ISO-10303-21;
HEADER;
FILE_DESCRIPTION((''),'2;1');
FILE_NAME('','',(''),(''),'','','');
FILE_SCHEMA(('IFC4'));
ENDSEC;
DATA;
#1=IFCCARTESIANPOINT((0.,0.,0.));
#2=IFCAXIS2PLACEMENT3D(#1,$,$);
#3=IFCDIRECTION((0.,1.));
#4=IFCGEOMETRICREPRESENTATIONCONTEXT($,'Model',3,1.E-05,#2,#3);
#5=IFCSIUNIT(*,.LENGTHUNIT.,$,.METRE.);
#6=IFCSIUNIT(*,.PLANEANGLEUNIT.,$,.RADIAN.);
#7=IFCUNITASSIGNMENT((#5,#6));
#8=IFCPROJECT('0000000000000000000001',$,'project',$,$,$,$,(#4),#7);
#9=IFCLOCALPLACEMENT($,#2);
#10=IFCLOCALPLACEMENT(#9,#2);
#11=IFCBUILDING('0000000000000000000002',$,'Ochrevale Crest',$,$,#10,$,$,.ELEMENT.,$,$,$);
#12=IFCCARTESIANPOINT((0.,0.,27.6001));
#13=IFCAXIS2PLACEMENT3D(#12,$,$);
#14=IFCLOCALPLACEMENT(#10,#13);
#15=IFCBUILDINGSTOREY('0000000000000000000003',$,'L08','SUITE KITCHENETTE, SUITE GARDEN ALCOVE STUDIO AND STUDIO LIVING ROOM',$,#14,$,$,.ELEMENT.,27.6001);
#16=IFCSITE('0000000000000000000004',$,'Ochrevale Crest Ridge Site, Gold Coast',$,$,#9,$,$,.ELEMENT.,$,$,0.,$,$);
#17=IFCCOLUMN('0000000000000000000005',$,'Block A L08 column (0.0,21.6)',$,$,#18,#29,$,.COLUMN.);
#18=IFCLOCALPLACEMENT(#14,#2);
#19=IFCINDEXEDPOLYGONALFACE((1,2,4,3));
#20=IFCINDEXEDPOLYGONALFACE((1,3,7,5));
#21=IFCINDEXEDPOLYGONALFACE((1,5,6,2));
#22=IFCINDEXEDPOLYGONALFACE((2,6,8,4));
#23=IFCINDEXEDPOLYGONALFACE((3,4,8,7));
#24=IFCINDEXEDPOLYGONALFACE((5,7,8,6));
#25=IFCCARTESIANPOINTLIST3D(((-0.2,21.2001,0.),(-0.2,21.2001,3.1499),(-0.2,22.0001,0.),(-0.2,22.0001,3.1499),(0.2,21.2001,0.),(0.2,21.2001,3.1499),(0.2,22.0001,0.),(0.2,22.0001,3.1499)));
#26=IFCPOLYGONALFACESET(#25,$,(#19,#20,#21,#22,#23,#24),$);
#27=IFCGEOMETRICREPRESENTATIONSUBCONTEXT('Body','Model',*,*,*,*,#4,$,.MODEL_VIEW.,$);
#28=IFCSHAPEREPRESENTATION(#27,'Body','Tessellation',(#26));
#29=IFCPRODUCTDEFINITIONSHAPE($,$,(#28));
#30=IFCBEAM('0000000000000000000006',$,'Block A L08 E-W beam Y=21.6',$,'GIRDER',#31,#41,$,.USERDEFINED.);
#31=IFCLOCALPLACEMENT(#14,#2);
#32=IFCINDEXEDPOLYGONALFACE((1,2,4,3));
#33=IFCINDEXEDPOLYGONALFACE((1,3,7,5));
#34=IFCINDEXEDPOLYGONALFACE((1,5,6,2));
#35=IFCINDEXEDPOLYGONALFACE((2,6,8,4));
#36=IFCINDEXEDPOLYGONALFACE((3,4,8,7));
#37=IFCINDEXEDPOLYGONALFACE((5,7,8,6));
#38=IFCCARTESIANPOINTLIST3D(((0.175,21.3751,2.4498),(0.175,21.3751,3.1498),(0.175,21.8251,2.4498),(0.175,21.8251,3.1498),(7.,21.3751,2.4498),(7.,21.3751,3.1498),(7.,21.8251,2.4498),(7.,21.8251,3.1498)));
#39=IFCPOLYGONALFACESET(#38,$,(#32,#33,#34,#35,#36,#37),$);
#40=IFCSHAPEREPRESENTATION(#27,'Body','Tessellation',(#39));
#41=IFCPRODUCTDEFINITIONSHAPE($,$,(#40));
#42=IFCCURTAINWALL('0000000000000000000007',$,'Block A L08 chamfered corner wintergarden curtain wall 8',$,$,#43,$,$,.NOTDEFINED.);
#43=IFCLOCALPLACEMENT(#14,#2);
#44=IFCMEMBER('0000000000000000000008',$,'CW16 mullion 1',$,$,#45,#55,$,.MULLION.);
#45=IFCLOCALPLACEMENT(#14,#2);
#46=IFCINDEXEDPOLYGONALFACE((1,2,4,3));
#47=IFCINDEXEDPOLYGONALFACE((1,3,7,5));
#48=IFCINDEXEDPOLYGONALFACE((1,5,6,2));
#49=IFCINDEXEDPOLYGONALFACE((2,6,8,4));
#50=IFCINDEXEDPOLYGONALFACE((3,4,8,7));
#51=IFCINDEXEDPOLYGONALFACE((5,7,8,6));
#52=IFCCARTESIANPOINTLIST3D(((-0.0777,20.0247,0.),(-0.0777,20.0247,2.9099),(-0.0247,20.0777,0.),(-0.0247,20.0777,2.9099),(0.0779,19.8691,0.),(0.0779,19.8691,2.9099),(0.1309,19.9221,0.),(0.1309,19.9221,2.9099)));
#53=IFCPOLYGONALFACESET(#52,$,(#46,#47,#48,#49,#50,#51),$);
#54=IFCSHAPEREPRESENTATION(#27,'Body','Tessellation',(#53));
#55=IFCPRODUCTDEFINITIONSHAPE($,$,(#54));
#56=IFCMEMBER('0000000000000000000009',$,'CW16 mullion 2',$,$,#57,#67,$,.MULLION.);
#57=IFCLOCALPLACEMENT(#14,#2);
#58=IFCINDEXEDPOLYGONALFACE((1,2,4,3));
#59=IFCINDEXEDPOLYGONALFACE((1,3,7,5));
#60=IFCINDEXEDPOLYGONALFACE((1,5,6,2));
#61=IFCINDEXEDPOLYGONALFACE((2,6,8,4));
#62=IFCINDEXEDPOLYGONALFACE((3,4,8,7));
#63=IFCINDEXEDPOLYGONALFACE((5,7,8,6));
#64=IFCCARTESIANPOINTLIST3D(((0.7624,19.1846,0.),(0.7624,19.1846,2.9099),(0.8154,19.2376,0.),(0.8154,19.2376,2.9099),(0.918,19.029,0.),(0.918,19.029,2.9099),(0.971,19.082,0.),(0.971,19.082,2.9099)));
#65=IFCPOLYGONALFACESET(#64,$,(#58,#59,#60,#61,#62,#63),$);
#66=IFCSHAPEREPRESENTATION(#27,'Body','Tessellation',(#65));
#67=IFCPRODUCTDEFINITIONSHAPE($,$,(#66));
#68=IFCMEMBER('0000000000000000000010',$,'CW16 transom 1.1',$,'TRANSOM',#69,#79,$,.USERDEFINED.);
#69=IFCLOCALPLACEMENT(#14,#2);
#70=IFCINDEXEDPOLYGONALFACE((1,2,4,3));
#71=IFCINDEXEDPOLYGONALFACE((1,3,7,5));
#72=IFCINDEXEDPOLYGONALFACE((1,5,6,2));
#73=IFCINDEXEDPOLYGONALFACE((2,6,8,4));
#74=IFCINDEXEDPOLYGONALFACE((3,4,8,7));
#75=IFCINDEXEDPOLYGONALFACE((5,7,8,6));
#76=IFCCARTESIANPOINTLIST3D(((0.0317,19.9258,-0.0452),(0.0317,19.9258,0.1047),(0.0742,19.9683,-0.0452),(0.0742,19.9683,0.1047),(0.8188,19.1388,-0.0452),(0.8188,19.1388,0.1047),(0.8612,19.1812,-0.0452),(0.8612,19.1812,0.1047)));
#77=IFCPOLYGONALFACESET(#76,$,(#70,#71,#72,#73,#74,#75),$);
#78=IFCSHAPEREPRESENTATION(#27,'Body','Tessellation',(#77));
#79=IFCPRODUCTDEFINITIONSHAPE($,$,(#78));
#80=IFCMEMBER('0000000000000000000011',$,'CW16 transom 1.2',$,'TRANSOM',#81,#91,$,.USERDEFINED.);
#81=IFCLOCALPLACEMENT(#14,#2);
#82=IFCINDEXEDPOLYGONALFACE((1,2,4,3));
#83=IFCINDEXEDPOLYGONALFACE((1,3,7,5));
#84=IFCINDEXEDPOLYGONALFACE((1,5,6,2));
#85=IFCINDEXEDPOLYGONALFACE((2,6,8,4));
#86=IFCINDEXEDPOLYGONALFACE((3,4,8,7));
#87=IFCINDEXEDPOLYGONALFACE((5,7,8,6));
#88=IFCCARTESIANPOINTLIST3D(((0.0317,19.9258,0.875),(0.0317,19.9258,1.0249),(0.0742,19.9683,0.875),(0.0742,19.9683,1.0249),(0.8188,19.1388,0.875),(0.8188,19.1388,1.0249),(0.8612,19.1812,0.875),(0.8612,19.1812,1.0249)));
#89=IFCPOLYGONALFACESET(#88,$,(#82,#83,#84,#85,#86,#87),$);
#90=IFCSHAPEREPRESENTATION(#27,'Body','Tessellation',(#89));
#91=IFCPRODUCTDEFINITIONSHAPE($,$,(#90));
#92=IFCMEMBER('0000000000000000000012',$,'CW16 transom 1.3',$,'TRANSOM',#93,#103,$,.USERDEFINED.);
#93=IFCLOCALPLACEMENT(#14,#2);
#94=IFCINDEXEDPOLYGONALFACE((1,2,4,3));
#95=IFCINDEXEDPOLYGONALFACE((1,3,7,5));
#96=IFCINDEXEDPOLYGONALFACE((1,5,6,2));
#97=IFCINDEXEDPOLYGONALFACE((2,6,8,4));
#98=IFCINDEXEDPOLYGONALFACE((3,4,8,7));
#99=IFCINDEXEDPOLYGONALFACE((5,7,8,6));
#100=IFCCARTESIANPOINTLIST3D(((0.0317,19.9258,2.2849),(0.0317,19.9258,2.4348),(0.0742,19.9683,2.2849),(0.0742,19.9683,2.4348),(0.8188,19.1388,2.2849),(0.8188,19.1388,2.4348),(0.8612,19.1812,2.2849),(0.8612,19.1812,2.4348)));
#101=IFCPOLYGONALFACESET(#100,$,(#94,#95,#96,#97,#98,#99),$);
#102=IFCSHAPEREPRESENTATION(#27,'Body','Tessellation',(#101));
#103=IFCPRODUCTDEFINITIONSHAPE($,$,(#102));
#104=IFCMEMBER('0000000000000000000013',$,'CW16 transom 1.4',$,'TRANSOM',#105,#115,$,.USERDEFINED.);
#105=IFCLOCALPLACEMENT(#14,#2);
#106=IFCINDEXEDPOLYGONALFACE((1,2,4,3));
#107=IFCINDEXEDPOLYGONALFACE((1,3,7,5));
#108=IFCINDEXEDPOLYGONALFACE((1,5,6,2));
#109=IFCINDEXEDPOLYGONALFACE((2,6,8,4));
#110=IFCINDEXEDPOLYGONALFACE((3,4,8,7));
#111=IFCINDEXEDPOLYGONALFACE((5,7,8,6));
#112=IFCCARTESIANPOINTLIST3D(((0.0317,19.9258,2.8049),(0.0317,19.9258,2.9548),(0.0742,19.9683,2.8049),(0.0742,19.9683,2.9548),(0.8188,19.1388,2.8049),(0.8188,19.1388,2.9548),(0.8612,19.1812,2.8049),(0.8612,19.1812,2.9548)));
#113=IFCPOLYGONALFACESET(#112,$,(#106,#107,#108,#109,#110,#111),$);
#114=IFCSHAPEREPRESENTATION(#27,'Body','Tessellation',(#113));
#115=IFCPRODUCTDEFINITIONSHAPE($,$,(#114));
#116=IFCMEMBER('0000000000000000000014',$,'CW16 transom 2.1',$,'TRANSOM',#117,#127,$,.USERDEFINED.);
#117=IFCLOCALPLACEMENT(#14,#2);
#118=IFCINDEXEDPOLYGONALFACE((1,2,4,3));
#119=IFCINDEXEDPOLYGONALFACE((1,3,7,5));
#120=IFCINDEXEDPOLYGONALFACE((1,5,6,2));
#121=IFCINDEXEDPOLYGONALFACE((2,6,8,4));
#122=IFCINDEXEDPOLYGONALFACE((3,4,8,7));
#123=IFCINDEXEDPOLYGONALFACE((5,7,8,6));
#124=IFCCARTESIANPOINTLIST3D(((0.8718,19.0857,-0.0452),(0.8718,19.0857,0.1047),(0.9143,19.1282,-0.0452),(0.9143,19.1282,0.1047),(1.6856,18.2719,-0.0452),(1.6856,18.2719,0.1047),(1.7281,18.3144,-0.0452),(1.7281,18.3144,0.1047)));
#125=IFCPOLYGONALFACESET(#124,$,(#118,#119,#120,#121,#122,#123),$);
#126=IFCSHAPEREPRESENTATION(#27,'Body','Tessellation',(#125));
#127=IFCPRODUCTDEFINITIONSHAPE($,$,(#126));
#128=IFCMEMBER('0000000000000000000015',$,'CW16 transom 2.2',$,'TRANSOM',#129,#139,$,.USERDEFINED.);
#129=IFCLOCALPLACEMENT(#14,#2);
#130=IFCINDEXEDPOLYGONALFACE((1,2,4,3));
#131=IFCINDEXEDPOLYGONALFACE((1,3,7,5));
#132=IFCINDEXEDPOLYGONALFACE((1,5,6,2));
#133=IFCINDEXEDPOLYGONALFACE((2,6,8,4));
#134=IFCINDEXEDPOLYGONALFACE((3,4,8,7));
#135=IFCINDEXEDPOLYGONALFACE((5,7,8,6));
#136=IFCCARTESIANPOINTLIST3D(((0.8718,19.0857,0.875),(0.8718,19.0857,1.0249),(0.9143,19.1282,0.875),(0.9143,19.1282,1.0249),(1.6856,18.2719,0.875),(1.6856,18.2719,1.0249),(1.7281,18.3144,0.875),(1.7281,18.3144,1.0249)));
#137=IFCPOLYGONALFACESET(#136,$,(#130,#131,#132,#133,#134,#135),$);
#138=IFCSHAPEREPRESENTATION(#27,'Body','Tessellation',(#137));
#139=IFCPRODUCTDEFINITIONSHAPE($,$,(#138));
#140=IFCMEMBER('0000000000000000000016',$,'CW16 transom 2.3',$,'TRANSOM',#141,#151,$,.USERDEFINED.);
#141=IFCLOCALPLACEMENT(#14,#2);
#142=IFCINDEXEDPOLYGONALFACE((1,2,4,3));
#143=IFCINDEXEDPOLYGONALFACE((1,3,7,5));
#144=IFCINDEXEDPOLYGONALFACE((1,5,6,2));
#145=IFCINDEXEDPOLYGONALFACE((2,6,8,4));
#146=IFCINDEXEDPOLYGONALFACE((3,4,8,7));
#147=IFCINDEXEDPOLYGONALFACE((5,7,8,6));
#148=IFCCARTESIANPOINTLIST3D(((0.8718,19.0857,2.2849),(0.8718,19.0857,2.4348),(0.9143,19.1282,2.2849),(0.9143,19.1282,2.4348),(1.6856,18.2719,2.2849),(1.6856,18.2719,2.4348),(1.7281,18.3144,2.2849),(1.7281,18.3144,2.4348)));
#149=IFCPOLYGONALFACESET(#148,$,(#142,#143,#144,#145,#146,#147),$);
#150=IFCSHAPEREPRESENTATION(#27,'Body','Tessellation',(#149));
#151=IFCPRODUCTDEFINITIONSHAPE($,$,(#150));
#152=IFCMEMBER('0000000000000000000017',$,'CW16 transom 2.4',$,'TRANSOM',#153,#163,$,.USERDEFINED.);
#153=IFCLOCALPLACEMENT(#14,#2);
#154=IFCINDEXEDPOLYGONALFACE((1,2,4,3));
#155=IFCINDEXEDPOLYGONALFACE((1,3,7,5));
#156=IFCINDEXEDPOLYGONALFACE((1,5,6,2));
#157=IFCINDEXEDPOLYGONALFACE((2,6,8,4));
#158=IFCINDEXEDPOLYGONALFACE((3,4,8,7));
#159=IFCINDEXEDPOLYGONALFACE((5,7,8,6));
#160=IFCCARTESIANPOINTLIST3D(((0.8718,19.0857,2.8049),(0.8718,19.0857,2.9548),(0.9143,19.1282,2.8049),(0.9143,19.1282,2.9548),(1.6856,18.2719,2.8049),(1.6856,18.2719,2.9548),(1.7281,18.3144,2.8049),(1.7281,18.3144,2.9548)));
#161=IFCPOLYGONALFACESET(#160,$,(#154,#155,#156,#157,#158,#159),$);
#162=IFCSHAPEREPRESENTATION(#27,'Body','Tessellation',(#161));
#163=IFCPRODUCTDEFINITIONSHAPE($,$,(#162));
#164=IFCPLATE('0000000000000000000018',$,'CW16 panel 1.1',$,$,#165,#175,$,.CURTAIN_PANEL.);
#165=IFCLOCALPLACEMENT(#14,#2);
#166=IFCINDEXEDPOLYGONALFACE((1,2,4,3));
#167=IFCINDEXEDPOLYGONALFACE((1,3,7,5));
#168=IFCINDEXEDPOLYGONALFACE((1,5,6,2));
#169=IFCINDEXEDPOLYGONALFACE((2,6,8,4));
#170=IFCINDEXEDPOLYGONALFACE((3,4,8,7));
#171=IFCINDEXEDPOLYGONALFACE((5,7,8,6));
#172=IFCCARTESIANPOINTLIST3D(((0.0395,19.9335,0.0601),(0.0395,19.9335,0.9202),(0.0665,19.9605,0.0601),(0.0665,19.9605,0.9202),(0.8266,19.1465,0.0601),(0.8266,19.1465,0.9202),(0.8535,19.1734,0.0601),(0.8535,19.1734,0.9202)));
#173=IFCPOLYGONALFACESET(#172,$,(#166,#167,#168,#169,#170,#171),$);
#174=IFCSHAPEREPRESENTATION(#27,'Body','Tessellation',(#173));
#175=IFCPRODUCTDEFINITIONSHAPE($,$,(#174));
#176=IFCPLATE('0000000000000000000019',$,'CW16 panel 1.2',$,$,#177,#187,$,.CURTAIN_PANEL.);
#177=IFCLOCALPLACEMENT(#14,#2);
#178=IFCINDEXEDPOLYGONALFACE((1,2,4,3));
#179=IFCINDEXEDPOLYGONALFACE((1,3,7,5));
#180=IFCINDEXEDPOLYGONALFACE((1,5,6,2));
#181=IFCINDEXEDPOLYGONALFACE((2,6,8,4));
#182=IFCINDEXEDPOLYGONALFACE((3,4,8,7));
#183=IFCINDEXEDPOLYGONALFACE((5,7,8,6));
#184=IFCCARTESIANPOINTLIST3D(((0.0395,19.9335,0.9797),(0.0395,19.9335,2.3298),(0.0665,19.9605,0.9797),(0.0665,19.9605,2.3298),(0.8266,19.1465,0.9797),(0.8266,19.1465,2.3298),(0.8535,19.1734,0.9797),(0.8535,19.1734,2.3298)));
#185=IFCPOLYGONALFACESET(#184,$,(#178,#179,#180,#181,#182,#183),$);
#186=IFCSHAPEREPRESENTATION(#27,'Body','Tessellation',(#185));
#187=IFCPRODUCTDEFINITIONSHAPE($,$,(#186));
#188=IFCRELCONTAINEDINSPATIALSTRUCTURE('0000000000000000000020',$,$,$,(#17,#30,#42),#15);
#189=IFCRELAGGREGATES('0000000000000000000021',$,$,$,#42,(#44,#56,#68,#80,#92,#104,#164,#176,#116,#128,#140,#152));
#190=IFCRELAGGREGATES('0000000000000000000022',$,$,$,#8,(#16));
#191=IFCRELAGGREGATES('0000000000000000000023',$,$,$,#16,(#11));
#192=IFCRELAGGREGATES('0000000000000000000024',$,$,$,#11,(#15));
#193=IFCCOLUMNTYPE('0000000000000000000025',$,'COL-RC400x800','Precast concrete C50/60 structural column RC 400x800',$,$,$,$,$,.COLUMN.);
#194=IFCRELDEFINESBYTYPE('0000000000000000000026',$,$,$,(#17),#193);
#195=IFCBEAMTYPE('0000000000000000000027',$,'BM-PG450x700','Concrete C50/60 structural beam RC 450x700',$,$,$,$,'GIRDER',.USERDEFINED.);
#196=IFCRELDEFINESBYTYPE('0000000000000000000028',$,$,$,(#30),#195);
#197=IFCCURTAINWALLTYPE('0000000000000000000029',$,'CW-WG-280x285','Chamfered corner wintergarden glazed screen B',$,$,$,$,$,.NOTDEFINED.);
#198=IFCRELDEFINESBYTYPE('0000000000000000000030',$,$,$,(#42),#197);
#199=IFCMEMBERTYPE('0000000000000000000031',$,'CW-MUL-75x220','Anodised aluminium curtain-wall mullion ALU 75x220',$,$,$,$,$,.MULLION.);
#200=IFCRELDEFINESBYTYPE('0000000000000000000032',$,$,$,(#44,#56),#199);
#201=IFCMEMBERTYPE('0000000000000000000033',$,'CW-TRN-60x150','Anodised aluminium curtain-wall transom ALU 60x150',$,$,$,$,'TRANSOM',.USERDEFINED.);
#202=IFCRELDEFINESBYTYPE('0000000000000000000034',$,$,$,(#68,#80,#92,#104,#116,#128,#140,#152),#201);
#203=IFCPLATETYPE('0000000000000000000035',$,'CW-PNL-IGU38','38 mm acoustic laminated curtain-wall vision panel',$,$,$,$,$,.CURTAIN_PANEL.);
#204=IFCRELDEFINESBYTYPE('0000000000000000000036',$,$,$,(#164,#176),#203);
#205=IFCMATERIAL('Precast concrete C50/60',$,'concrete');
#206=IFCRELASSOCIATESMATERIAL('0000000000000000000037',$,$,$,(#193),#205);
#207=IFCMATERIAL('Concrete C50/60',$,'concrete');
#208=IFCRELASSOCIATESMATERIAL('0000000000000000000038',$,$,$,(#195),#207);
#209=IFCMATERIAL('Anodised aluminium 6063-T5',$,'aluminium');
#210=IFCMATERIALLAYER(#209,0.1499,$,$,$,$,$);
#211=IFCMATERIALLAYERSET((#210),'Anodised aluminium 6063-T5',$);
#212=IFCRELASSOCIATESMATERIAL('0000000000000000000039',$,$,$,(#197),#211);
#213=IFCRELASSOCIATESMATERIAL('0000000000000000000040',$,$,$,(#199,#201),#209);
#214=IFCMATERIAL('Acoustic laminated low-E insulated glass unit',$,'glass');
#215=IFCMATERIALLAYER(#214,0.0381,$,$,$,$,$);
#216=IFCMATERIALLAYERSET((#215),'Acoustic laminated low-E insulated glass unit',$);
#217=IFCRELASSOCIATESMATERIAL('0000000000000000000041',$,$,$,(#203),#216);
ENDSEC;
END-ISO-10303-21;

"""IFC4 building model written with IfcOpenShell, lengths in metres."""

from ifc_helpers import new_model, si_unit, direction, frame, origin, origin_2d, place, context, subcontext, project, spatial, rectangle, extrude, material, layer, layer_set, material_profile, profile_set, type_object, element, aggregate, save


model = new_model("IFC4")

# Units and contexts
model_context = context("Model", 3, precision=1e-05, world=origin(), true_north=direction((0.0, 1.0)))
body_context = subcontext(model_context, "Body", "Model", "MODEL_VIEW")
ifc_project = project(units=[si_unit("LENGTHUNIT", "METRE"), si_unit("PLANEANGLEUNIT", "RADIAN")], contexts=[model_context])

# Site, building, storey
site_placement = place(None, origin())
site = spatial("IfcSite", under=ifc_project, at=site_placement, Name="Ochrevale Crest Ridge Site, Gold Coast", CompositionType="ELEMENT", RefElevation=0.0)
building_placement = place(site_placement, origin())
building = spatial("IfcBuilding", under=site, at=building_placement, Name="Ochrevale Crest", CompositionType="ELEMENT")
storey_placement = place(building_placement, frame((0.0, 0.0, 27.6001)))
storey = spatial("IfcBuildingStorey", under=building, at=storey_placement, Name="L08", Description="SUITE KITCHENETTE, SUITE GARDEN ALCOVE STUDIO AND STUDIO LIVING ROOM", CompositionType="ELEMENT", Elevation=27.6001)

# Column
ifc_material_1 = material(Name="Precast concrete C50/60", Category="concrete")
ifc_material_profile_1 = material_profile(ifc_material_1, rectangle(XDim=0.3999, YDim=0.8, at=origin_2d()), Name="RC 400x800")
ifc_profile_set_1 = profile_set([ifc_material_profile_1], Name="Precast concrete C50/60")
column_type = type_object("IfcColumnType", Name="COL-RC400x800", Description="Precast concrete C50/60 structural column RC 400x800", PredefinedType="COLUMN", material=ifc_profile_set_1)
column_placement = place(storey_placement, frame((0.0, 21.6001, 0.0), z_axis=(0.0, 0.0, 1.0), x_axis=(1.0, 0.0, 0.0)))
element("IfcColumn", 1, at=column_placement, inside=storey, type_object=column_type, Name="Block A L08 column (0.0,21.6)", PredefinedType="COLUMN", context=body_context, shape_type="SweptSolid", body=[
    extrude(rectangle(XDim=0.3999, YDim=0.8, at=origin_2d()), origin(), (0.0, 0.0, 1.0), 3.1499),
])

# Beam
ifc_material_2 = material(Name="Concrete C50/60", Category="concrete")
ifc_material_profile_2 = material_profile(ifc_material_2, rectangle(XDim=0.45, YDim=0.7, at=origin_2d()), Name="RC 450x700")
ifc_profile_set_2 = profile_set([ifc_material_profile_2], Name="Concrete C50/60")
beam_type = type_object("IfcBeamType", Name="BM-PG450x700", Description="Concrete C50/60 structural beam RC 450x700", ElementType="GIRDER", PredefinedType="USERDEFINED", material=ifc_profile_set_2)
beam_placement = place(storey_placement, frame((0.175, 21.6001, 2.7998), z_axis=(1.0, 0.0, 0.0), x_axis=(0.0, 1.0, 0.0)))
element("IfcBeam", 2, at=beam_placement, inside=storey, type_object=beam_type, Name="Block A L08 E-W beam Y=21.6", ObjectType="GIRDER", PredefinedType="USERDEFINED", context=body_context, shape_type="SweptSolid", body=[
    extrude(rectangle(XDim=0.45, YDim=0.7, at=origin_2d()), origin(), (0.0, 0.0, 1.0), 6.825),
])

# Curtain wall, members, plates
ifc_material_3 = material(Name="Anodised aluminium 6063-T5", Category="aluminium")
ifc_layer_1 = layer(ifc_material_3, 0.1499)
ifc_layer_set_1 = layer_set([ifc_layer_1], Name="Anodised aluminium 6063-T5")
curtain_wall_type = type_object("IfcCurtainWallType", Name="CW-WG-280x285", Description="Chamfered corner wintergarden glazed screen B", PredefinedType="NOTDEFINED", material=ifc_layer_set_1)
curtain_wall_placement = place(storey_placement, origin())
curtain_wall = element("IfcCurtainWall", 3, at=curtain_wall_placement, inside=storey, type_object=curtain_wall_type, Name="Block A L08 chamfered corner wintergarden curtain wall 8", PredefinedType="NOTDEFINED")
ifc_material_profile_3 = material_profile(ifc_material_3, rectangle(XDim=0.075, YDim=0.22, at=origin_2d()), Name="ALU 75x220")
ifc_profile_set_3 = profile_set([ifc_material_profile_3], Name="Anodised aluminium 6063-T5")
member_type_1 = type_object("IfcMemberType", Name="CW-MUL-75x220", Description="Anodised aluminium curtain-wall mullion ALU 75x220", PredefinedType="MULLION", material=ifc_profile_set_3)
member_1_placement = place(storey_placement, frame((0.0266, 19.9734, 0.0), z_axis=(0.0, 0.0, 1.0), x_axis=(0.707107, 0.707107, 0.0)))
member_1 = element("IfcMember", 4, at=member_1_placement, type_object=member_type_1, Name="CW16 mullion 1", PredefinedType="MULLION", context=body_context, shape_type="SweptSolid", body=[
    extrude(rectangle(XDim=0.075, YDim=0.22, at=origin_2d()), origin(), (0.0, 0.0, 1.0), 2.9099),
])
member_2_placement = place(storey_placement, frame((0.8667, 19.1333, 0.0), z_axis=(0.0, 0.0, 1.0), x_axis=(0.707107, 0.707107, 0.0)))
member_2 = element("IfcMember", 5, at=member_2_placement, type_object=member_type_1, Name="CW16 mullion 2", PredefinedType="MULLION", context=body_context, shape_type="SweptSolid", body=[
    extrude(rectangle(XDim=0.075, YDim=0.22, at=origin_2d()), origin(), (0.0, 0.0, 1.0), 2.9099),
])
ifc_material_profile_4 = material_profile(ifc_material_3, rectangle(XDim=0.0601, YDim=0.1499, at=origin_2d()), Name="ALU 60x150")
ifc_profile_set_4 = profile_set([ifc_material_profile_4], Name="Anodised aluminium 6063-T5")
member_type_2 = type_object("IfcMemberType", Name="CW-TRN-60x150", Description="Anodised aluminium curtain-wall transom ALU 60x150", ElementType="TRANSOM", PredefinedType="USERDEFINED", material=ifc_profile_set_4)
member_3_placement = place(storey_placement, frame((0.053, 19.947, 0.0298), z_axis=(0.707107, -0.707107, 0.0), x_axis=(0.707107, 0.707107, 0.0)))
member_3 = element("IfcMember", 6, at=member_3_placement, type_object=member_type_2, Name="CW16 transom 1.1", ObjectType="TRANSOM", PredefinedType="USERDEFINED", context=body_context, shape_type="SweptSolid", body=[
    extrude(rectangle(XDim=0.0601, YDim=0.1499, at=origin_2d()), origin(), (0.0, 0.0, 1.0), 1.113),
])
member_4_placement = place(storey_placement, frame((0.053, 19.947, 0.95), z_axis=(0.707107, -0.707107, 0.0), x_axis=(0.707107, 0.707107, 0.0)))
member_4 = element("IfcMember", 7, at=member_4_placement, type_object=member_type_2, Name="CW16 transom 1.2", ObjectType="TRANSOM", PredefinedType="USERDEFINED", context=body_context, shape_type="SweptSolid", body=[
    extrude(rectangle(XDim=0.0601, YDim=0.1499, at=origin_2d()), origin(), (0.0, 0.0, 1.0), 1.113),
])
member_5_placement = place(storey_placement, frame((0.053, 19.947, 2.3599), z_axis=(0.707107, -0.707107, 0.0), x_axis=(0.707107, 0.707107, 0.0)))
member_5 = element("IfcMember", 8, at=member_5_placement, type_object=member_type_2, Name="CW16 transom 1.3", ObjectType="TRANSOM", PredefinedType="USERDEFINED", context=body_context, shape_type="SweptSolid", body=[
    extrude(rectangle(XDim=0.0601, YDim=0.1499, at=origin_2d()), origin(), (0.0, 0.0, 1.0), 1.113),
])
member_6_placement = place(storey_placement, frame((0.053, 19.947, 2.8799), z_axis=(0.707107, -0.707107, 0.0), x_axis=(0.707107, 0.707107, 0.0)))
member_6 = element("IfcMember", 9, at=member_6_placement, type_object=member_type_2, Name="CW16 transom 1.4", ObjectType="TRANSOM", PredefinedType="USERDEFINED", context=body_context, shape_type="SweptSolid", body=[
    extrude(rectangle(XDim=0.0601, YDim=0.1499, at=origin_2d()), origin(), (0.0, 0.0, 1.0), 1.113),
])
member_7_placement = place(storey_placement, frame((0.8931, 19.1069, 0.0298), z_axis=(0.707107, -0.707107, 0.0), x_axis=(0.707107, 0.707107, 0.0)))
member_7 = element("IfcMember", 10, at=member_7_placement, type_object=member_type_2, Name="CW16 transom 2.1", ObjectType="TRANSOM", PredefinedType="USERDEFINED", context=body_context, shape_type="SweptSolid", body=[
    extrude(rectangle(XDim=0.0601, YDim=0.1499, at=origin_2d()), origin(), (0.0, 0.0, 1.0), 1.1509),
])
member_8_placement = place(storey_placement, frame((0.8931, 19.1069, 0.95), z_axis=(0.707107, -0.707107, 0.0), x_axis=(0.707107, 0.707107, 0.0)))
member_8 = element("IfcMember", 11, at=member_8_placement, type_object=member_type_2, Name="CW16 transom 2.2", ObjectType="TRANSOM", PredefinedType="USERDEFINED", context=body_context, shape_type="SweptSolid", body=[
    extrude(rectangle(XDim=0.0601, YDim=0.1499, at=origin_2d()), origin(), (0.0, 0.0, 1.0), 1.1509),
])
member_9_placement = place(storey_placement, frame((0.8931, 19.1069, 2.3599), z_axis=(0.707107, -0.707107, 0.0), x_axis=(0.707107, 0.707107, 0.0)))
member_9 = element("IfcMember", 12, at=member_9_placement, type_object=member_type_2, Name="CW16 transom 2.3", ObjectType="TRANSOM", PredefinedType="USERDEFINED", context=body_context, shape_type="SweptSolid", body=[
    extrude(rectangle(XDim=0.0601, YDim=0.1499, at=origin_2d()), origin(), (0.0, 0.0, 1.0), 1.1509),
])
member_10_placement = place(storey_placement, frame((0.8931, 19.1069, 2.8799), z_axis=(0.707107, -0.707107, 0.0), x_axis=(0.707107, 0.707107, 0.0)))
member_10 = element("IfcMember", 13, at=member_10_placement, type_object=member_type_2, Name="CW16 transom 2.4", ObjectType="TRANSOM", PredefinedType="USERDEFINED", context=body_context, shape_type="SweptSolid", body=[
    extrude(rectangle(XDim=0.0601, YDim=0.1499, at=origin_2d()), origin(), (0.0, 0.0, 1.0), 1.1509),
])
ifc_material_4 = material(Name="Acoustic laminated low-E insulated glass unit", Category="glass")
ifc_layer_2 = layer(ifc_material_4, 0.0381)
ifc_layer_set_2 = layer_set([ifc_layer_2], Name="Acoustic laminated low-E insulated glass unit")
plate_type = type_object("IfcPlateType", Name="CW-PNL-IGU38", Description="38 mm acoustic laminated curtain-wall vision panel", PredefinedType="CURTAIN_PANEL", material=ifc_layer_set_2)
plate_1_placement = place(storey_placement, frame((0.4465, 19.5535, 0.0601), z_axis=(0.0, 0.0, 1.0), x_axis=(0.707107, -0.707107, 0.0)))
plate_1 = element("IfcPlate", 14, at=plate_1_placement, type_object=plate_type, Name="CW16 panel 1.1", PredefinedType="CURTAIN_PANEL", context=body_context, shape_type="SweptSolid", body=[
    extrude(rectangle(XDim=1.113, YDim=0.0381, at=origin_2d()), origin(), (0.0, 0.0, 1.0), 0.8601),
])
plate_2_placement = place(storey_placement, frame((0.4465, 19.5535, 0.9797), z_axis=(0.0, 0.0, 1.0), x_axis=(0.707107, -0.707107, 0.0)))
plate_2 = element("IfcPlate", 15, at=plate_2_placement, type_object=plate_type, Name="CW16 panel 1.2", PredefinedType="CURTAIN_PANEL", context=body_context, shape_type="SweptSolid", body=[
    extrude(rectangle(XDim=1.113, YDim=0.0381, at=origin_2d()), origin(), (0.0, 0.0, 1.0), 1.3501),
])
aggregate(curtain_wall, [member_1, member_2, member_3, member_4, member_5, member_6, plate_1, plate_2, member_7, member_8, member_9, member_10])

save(model, "model.ifc")
